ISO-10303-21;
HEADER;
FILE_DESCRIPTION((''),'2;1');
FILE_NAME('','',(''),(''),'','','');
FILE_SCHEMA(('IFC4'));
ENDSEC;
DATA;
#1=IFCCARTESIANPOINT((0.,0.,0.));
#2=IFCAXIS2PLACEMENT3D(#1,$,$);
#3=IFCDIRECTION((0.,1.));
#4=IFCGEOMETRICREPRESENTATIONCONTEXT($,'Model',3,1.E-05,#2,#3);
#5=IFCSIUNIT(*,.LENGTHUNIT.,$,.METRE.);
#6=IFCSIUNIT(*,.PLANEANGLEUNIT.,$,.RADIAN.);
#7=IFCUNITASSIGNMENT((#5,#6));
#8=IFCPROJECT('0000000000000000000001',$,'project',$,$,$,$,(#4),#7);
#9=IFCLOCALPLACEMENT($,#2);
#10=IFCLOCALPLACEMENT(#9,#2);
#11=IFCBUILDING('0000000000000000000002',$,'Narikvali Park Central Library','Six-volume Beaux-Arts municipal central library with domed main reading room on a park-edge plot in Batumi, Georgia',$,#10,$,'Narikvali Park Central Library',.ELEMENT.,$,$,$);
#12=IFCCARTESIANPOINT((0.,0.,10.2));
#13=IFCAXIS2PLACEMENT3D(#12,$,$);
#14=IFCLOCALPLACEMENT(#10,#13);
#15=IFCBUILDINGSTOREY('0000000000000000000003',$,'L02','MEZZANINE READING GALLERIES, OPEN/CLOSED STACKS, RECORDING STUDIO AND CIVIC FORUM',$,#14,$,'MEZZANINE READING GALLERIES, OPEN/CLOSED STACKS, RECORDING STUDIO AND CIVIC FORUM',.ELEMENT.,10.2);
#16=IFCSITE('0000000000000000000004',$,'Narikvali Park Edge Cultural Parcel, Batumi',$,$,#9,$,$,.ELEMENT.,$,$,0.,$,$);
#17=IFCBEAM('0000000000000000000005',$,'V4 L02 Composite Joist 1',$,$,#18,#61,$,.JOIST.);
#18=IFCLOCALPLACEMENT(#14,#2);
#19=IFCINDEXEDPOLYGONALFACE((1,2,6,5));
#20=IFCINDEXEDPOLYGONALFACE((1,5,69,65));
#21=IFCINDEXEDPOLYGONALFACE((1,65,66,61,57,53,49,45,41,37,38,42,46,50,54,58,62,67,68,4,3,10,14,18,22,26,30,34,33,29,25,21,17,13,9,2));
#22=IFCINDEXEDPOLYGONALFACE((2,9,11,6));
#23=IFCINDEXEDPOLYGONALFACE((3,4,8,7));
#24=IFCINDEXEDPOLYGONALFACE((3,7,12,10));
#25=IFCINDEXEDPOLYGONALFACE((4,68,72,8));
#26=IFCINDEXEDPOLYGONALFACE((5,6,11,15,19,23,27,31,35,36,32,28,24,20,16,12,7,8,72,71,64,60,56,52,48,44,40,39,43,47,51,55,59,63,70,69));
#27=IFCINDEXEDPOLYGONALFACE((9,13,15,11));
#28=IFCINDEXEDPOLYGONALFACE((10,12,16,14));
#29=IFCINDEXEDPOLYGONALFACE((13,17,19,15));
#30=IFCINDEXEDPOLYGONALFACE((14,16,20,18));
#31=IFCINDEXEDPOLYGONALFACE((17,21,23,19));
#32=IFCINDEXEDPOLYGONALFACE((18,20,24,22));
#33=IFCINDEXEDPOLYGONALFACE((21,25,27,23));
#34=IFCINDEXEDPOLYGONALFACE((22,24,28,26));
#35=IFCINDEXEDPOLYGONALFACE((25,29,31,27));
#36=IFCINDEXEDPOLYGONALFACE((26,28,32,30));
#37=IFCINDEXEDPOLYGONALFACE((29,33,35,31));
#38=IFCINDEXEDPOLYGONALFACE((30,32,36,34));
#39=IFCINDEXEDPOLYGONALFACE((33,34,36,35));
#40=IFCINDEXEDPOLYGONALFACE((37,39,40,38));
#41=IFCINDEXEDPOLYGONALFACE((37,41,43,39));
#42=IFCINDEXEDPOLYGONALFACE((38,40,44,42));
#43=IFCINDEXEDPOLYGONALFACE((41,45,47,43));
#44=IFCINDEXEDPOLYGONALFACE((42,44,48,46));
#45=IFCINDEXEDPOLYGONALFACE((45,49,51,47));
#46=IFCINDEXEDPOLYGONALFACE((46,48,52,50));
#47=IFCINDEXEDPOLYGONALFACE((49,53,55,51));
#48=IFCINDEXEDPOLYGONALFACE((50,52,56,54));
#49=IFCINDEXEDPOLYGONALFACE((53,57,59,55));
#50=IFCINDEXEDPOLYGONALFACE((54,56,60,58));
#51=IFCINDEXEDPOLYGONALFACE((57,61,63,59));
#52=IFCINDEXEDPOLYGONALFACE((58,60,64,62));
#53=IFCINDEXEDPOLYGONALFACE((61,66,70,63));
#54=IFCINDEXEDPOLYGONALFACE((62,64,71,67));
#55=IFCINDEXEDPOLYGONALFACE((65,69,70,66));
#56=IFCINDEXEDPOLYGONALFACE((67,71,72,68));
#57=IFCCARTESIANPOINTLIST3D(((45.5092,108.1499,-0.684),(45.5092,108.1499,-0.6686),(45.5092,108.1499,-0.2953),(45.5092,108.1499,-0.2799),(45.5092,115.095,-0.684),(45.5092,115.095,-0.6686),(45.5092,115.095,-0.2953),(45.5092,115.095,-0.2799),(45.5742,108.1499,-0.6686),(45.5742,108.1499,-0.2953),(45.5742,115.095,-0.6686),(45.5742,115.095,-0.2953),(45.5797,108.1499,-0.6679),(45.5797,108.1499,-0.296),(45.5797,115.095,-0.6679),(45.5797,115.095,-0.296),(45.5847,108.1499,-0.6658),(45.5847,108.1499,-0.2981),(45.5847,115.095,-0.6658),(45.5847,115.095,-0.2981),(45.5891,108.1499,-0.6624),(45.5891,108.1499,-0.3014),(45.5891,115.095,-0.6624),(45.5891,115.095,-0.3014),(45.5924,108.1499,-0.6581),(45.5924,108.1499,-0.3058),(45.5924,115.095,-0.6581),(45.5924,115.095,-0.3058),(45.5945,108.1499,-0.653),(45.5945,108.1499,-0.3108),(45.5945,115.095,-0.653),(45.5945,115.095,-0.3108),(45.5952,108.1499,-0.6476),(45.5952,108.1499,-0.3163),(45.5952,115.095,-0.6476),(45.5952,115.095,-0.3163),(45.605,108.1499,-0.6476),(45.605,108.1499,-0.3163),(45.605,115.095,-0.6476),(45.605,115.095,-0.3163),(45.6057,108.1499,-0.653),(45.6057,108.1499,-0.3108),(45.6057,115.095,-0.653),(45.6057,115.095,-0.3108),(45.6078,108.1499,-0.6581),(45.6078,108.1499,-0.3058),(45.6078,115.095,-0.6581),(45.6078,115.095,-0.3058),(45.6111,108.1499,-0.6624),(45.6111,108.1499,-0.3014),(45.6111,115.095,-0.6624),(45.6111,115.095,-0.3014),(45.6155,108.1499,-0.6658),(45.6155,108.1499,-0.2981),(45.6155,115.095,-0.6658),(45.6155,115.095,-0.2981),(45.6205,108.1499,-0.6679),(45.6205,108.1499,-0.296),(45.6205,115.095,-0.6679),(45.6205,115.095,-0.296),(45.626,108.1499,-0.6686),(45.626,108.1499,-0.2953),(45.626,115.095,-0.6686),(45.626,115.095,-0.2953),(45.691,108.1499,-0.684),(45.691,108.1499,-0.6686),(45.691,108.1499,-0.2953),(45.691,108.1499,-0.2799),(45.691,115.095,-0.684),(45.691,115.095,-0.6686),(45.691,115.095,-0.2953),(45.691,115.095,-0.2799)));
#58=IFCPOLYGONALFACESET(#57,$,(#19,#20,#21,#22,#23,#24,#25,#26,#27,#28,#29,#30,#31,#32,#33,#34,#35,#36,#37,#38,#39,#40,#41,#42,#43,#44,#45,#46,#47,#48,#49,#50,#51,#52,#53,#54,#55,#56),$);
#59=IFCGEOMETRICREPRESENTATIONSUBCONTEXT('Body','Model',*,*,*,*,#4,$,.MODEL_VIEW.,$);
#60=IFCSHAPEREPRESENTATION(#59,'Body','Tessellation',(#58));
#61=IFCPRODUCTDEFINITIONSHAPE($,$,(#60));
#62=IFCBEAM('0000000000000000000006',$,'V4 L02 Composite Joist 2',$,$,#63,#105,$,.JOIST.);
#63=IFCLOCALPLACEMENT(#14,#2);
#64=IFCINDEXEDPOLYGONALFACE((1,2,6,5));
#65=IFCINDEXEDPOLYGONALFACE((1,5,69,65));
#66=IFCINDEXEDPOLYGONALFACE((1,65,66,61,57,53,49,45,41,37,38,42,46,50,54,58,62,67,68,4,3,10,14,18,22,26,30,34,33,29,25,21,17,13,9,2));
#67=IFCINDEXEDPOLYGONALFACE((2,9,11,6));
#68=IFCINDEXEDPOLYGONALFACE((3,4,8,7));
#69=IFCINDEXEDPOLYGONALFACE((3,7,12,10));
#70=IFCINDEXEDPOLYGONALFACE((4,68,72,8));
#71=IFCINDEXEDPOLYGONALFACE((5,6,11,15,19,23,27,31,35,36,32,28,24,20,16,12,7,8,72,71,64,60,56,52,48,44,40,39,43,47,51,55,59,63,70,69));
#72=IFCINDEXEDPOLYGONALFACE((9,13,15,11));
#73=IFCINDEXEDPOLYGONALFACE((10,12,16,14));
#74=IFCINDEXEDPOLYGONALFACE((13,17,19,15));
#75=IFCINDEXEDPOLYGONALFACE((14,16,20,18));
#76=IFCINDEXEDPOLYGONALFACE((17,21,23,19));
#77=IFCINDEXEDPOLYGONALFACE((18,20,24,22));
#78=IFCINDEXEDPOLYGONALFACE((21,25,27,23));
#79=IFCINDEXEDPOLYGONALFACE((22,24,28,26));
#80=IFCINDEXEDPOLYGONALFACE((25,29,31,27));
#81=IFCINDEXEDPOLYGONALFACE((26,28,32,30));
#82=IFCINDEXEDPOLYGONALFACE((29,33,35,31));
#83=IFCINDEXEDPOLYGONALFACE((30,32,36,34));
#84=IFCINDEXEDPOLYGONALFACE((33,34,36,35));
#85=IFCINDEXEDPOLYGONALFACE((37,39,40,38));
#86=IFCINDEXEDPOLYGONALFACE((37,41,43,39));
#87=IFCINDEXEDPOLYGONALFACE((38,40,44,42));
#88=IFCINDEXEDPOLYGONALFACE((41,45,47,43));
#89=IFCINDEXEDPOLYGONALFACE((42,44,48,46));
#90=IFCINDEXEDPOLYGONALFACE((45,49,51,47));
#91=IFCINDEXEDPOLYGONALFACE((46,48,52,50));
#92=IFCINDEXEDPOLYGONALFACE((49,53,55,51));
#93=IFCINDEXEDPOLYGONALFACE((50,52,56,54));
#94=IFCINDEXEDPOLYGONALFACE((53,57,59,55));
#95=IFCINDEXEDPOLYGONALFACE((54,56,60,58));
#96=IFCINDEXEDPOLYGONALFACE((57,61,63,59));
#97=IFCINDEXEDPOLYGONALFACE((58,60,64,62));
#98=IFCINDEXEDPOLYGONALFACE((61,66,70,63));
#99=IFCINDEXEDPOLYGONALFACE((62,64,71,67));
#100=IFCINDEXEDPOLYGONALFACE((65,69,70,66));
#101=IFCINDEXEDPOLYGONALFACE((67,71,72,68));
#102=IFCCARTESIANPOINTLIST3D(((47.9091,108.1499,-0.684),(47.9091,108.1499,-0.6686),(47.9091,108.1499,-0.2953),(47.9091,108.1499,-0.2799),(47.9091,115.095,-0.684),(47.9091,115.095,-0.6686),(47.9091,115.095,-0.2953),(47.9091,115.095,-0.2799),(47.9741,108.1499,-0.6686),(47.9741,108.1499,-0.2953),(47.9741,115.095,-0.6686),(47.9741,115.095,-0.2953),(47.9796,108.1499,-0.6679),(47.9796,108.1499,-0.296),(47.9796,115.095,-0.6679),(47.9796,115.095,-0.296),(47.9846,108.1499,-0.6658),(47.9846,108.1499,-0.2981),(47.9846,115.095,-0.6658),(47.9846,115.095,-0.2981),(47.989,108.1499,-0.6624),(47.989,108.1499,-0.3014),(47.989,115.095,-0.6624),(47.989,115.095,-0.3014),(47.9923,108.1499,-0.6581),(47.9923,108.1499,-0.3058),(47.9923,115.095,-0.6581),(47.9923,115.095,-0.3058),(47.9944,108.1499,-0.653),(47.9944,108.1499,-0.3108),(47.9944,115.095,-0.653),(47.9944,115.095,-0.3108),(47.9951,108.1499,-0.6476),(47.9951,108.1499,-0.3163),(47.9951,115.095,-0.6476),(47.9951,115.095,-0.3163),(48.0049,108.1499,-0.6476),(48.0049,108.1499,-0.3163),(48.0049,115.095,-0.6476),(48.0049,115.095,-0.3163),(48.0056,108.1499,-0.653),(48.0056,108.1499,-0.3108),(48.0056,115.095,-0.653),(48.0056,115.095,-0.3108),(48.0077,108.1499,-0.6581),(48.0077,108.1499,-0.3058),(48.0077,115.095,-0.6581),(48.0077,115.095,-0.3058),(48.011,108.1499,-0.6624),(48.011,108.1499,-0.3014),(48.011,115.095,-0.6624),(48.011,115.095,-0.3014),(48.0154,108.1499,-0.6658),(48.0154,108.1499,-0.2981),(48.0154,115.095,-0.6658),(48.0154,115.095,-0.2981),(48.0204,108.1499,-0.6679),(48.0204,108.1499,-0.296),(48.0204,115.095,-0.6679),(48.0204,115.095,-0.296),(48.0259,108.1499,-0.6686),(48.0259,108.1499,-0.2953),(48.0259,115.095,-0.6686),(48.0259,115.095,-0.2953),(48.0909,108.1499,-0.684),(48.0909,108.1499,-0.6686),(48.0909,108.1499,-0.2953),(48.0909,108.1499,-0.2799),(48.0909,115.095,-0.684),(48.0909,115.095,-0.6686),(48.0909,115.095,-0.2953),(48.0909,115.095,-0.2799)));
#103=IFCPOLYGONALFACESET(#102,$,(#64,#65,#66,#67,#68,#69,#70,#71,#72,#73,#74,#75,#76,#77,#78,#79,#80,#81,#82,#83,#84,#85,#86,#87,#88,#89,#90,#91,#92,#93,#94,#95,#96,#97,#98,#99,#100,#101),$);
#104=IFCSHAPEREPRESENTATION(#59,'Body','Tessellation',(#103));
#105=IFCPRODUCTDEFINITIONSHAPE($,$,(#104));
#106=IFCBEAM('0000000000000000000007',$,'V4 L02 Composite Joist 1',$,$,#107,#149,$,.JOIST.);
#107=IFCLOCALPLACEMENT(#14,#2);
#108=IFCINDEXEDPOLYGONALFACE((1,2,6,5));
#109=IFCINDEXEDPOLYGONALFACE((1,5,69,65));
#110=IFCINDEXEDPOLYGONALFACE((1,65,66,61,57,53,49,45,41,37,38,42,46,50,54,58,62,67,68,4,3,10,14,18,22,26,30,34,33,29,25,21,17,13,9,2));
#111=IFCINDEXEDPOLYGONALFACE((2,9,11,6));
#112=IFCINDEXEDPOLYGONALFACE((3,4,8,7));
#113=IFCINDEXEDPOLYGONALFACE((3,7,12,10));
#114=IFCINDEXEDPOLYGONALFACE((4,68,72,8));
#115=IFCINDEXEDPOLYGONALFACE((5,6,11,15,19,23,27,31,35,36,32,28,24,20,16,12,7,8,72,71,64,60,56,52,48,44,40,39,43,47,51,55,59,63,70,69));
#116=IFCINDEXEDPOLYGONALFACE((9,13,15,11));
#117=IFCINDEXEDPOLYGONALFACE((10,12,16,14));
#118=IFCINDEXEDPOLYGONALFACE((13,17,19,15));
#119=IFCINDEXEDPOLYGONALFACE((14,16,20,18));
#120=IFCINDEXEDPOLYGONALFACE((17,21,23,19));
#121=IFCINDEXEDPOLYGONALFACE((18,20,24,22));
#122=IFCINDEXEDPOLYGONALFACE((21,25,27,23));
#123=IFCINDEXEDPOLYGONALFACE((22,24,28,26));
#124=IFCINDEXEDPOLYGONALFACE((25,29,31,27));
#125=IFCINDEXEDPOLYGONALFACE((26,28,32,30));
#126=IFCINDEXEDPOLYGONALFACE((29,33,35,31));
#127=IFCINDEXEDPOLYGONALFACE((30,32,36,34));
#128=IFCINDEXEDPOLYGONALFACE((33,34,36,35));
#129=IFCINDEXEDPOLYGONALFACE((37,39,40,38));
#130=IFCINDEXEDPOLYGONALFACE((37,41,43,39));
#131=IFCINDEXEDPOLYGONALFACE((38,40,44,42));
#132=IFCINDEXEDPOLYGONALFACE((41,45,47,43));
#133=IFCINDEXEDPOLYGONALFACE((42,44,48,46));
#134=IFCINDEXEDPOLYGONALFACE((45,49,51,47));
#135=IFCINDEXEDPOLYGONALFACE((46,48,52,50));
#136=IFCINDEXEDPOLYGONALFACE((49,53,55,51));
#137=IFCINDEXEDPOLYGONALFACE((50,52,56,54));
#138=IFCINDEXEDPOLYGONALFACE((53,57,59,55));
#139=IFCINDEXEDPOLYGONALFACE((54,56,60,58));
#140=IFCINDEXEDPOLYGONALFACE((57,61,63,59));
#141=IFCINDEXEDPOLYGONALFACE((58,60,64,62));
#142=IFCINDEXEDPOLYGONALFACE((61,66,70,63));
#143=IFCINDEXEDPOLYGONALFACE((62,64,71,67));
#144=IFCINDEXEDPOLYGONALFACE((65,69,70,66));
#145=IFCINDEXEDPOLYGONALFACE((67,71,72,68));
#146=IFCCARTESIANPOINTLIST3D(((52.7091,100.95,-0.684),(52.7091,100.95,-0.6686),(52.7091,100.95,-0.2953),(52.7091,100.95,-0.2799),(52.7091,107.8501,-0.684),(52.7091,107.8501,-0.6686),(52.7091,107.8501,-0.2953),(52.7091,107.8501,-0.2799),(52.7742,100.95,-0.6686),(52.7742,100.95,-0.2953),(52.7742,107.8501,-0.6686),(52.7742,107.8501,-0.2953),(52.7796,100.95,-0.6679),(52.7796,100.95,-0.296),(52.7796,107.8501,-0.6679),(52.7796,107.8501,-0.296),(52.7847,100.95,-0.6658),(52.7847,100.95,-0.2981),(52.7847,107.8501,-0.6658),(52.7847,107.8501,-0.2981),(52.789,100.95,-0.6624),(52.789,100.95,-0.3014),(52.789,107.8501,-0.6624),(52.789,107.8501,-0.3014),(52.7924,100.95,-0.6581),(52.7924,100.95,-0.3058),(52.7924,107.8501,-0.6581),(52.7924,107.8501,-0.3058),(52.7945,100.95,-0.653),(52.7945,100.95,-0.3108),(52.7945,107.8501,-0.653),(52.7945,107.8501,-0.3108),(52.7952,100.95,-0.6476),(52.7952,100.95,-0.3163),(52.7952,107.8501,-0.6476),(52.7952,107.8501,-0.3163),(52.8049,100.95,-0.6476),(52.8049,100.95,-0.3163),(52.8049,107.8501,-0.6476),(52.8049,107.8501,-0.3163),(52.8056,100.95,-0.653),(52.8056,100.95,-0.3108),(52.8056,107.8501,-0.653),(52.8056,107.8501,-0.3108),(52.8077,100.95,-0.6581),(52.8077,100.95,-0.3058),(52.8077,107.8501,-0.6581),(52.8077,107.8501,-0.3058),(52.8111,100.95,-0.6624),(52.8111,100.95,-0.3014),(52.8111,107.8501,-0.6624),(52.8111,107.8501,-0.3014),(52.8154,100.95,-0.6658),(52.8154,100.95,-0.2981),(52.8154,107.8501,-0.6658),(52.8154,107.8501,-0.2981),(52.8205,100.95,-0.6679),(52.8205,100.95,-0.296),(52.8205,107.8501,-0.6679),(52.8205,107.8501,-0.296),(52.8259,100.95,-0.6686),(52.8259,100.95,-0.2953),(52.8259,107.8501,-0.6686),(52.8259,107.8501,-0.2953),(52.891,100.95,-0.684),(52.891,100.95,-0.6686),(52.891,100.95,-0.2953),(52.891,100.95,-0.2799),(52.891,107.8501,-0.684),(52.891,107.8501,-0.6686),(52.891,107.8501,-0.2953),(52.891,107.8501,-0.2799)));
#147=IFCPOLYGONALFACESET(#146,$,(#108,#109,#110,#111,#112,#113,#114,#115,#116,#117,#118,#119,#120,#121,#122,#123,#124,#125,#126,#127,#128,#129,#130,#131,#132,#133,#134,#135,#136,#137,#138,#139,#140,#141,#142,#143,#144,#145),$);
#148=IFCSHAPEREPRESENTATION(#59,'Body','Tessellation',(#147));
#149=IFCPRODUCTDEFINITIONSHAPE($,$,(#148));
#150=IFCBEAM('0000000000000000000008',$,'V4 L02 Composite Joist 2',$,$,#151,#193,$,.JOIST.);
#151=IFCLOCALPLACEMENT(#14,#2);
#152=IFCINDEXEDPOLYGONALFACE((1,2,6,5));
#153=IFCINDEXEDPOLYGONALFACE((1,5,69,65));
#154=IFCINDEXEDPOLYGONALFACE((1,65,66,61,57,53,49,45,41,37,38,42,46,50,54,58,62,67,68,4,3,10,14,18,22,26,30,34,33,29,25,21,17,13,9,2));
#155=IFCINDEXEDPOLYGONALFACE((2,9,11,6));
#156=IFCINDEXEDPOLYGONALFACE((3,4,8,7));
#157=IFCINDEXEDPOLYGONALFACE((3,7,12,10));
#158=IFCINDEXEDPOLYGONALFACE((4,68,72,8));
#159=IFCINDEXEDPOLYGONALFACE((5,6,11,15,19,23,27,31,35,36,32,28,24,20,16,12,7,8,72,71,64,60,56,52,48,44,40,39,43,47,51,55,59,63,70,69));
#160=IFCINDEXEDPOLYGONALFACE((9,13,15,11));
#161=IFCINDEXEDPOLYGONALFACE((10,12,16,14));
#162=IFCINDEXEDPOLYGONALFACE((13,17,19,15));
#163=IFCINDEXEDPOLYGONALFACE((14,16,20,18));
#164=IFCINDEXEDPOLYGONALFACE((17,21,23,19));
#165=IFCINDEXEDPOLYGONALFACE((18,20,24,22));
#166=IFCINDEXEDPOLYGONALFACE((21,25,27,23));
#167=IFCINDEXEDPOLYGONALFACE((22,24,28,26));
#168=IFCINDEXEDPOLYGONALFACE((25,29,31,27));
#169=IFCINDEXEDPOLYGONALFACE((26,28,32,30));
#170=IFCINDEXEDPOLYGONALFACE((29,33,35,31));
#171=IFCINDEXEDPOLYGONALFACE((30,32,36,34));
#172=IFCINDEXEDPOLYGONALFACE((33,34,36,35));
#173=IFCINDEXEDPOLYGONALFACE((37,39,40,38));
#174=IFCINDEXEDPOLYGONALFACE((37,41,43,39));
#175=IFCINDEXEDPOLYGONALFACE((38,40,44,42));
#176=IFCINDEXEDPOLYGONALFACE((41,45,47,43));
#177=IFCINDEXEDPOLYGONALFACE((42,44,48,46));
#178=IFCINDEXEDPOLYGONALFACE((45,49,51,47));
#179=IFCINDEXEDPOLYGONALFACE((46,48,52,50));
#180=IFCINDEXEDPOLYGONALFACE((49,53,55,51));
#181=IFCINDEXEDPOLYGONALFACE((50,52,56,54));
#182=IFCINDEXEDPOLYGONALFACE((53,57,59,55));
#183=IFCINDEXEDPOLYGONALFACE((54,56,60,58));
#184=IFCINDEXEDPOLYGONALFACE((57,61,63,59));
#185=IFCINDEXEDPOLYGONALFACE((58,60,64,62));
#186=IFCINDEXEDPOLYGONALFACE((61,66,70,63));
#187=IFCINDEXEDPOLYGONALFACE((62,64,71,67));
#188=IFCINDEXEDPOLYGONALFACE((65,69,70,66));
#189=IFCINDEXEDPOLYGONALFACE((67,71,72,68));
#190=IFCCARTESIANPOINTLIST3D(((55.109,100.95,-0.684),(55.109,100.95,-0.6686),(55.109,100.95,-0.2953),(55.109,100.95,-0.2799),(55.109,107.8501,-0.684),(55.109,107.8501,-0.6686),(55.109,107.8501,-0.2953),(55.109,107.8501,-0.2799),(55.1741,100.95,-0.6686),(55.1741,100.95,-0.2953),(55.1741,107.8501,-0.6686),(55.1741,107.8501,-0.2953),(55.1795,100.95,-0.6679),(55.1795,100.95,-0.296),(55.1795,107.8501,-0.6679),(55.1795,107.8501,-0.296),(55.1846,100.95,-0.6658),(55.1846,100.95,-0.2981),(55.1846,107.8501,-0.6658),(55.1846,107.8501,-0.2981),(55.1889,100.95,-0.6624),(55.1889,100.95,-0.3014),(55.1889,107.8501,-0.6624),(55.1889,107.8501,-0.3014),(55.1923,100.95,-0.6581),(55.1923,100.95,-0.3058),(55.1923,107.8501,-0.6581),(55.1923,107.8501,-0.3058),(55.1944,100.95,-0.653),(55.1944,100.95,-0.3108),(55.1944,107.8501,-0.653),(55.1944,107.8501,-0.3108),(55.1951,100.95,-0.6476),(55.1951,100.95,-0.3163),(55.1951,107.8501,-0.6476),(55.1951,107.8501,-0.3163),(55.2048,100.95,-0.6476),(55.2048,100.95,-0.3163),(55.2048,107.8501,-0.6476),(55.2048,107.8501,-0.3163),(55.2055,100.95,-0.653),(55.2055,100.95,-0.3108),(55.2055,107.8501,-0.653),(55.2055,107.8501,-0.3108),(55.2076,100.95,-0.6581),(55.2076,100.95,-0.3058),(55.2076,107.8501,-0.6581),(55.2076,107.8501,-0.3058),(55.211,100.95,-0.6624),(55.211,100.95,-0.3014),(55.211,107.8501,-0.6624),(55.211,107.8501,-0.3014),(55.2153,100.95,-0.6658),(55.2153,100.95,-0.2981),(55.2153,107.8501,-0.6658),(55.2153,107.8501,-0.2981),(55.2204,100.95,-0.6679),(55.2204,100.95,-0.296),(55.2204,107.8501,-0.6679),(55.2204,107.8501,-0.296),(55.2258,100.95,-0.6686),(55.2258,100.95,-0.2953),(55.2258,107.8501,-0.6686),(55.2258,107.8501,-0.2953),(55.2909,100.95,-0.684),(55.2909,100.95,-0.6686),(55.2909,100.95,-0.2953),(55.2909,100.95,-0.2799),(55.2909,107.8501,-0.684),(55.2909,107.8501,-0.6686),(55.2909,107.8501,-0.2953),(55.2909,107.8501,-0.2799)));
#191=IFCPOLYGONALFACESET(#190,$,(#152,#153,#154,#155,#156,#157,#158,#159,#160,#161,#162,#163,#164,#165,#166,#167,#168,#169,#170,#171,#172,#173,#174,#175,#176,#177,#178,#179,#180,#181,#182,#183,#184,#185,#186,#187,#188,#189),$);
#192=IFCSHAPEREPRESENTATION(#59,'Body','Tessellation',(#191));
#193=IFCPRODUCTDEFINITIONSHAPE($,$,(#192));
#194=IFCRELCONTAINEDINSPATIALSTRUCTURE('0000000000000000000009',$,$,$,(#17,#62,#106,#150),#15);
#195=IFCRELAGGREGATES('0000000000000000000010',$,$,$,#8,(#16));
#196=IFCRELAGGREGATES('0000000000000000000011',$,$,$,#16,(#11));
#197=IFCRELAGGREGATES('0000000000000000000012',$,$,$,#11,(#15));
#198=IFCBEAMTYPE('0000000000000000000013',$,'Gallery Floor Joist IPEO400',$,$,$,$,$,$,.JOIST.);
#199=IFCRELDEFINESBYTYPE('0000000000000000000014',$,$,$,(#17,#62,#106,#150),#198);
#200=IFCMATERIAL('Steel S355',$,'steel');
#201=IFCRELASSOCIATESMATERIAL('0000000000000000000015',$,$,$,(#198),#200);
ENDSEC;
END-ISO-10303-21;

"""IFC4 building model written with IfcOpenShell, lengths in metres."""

from ifc_helpers import new_model, si_unit, direction, frame, origin, origin_2d, place, context, subcontext, project, spatial, i_section, extrude, material, material_profile, profile_set, type_object, element, save


model = new_model("IFC4")

# Units and contexts
model_context = context("Model", 3, precision=1e-05, world=origin(), true_north=direction((0.0, 1.0)))
body_context = subcontext(model_context, "Body", "Model", "MODEL_VIEW")
ifc_project = project(units=[si_unit("LENGTHUNIT", "METRE"), si_unit("PLANEANGLEUNIT", "RADIAN")], contexts=[model_context])

# Site, building, storey
site_placement = place(None, origin())
site = spatial("IfcSite", under=ifc_project, at=site_placement, Name="Narikvali Park Edge Cultural Parcel, Batumi", CompositionType="ELEMENT", RefElevation=0.0)
building_placement = place(site_placement, origin())
building = spatial("IfcBuilding", under=site, at=building_placement, Name="Narikvali Park Central Library", Description="Six-volume Beaux-Arts municipal central library with domed main reading room on a park-edge plot in Batumi, Georgia", LongName="Narikvali Park Central Library", CompositionType="ELEMENT")
storey_placement = place(building_placement, frame((0.0, 0.0, 10.2)))
storey = spatial("IfcBuildingStorey", under=building, at=storey_placement, Name="L02", Description="MEZZANINE READING GALLERIES, OPEN/CLOSED STACKS, RECORDING STUDIO AND CIVIC FORUM", LongName="MEZZANINE READING GALLERIES, OPEN/CLOSED STACKS, RECORDING STUDIO AND CIVIC FORUM", CompositionType="ELEMENT", Elevation=10.2)

# Shared definitions
ifc_material_1 = material(Name="Steel S355", Category="steel")

# Beams
ifc_material_profile_1 = material_profile(ifc_material_1, i_section(OverallWidth=0.1819, OverallDepth=0.4041, WebThickness=0.0098, FlangeThickness=0.0154, FilletRadius=0.021, at=origin_2d()), Name="IPEO 400")
ifc_profile_set_1 = profile_set([ifc_material_profile_1], Name="Steel S355")
beam_type_1 = type_object("IfcBeamType", Name="Gallery Floor Joist IPEO400", PredefinedType="JOIST", material=ifc_profile_set_1)
for number, where, z_axis, x_axis, name in (
    (1, (45.6001, 108.1499, -0.4819), (0.0, 1.0, 0.0), (-1.0, 0.0, 0.0), "V4 L02 Composite Joist 1"),
    (2, (48.0, 108.1499, -0.4819), (0.0, 1.0, 0.0), (-1.0, 0.0, 0.0), "V4 L02 Composite Joist 2"),
):
    element("IfcBeam", number, at=place(storey_placement, frame(where, z_axis=z_axis, x_axis=x_axis)), inside=storey, type_object=beam_type_1, Name=name, PredefinedType="JOIST", context=body_context, shape_type="SweptSolid", body=[
        extrude(i_section(OverallWidth=0.1819, OverallDepth=0.4041, WebThickness=0.0098, FlangeThickness=0.0154, FilletRadius=0.021, at=origin_2d()), origin(), (0.0, 0.0, 1.0), 6.9451),
    ])
for number, where, z_axis, x_axis, name in (
    (3, (52.8, 100.95, -0.4819), (0.0, 1.0, 0.0), (-1.0, 0.0, 0.0), "V4 L02 Composite Joist 1"),
    (4, (55.2, 100.95, -0.4819), (0.0, 1.0, 0.0), (-1.0, 0.0, 0.0), "V4 L02 Composite Joist 2"),
):
    element("IfcBeam", number, at=place(storey_placement, frame(where, z_axis=z_axis, x_axis=x_axis)), inside=storey, type_object=beam_type_1, Name=name, PredefinedType="JOIST", context=body_context, shape_type="SweptSolid", body=[
        extrude(i_section(OverallWidth=0.1819, OverallDepth=0.4041, WebThickness=0.0098, FlangeThickness=0.0154, FilletRadius=0.021, at=origin_2d()), origin(), (0.0, 0.0, 1.0), 6.9001),
    ])

save(model, "model.ifc")
